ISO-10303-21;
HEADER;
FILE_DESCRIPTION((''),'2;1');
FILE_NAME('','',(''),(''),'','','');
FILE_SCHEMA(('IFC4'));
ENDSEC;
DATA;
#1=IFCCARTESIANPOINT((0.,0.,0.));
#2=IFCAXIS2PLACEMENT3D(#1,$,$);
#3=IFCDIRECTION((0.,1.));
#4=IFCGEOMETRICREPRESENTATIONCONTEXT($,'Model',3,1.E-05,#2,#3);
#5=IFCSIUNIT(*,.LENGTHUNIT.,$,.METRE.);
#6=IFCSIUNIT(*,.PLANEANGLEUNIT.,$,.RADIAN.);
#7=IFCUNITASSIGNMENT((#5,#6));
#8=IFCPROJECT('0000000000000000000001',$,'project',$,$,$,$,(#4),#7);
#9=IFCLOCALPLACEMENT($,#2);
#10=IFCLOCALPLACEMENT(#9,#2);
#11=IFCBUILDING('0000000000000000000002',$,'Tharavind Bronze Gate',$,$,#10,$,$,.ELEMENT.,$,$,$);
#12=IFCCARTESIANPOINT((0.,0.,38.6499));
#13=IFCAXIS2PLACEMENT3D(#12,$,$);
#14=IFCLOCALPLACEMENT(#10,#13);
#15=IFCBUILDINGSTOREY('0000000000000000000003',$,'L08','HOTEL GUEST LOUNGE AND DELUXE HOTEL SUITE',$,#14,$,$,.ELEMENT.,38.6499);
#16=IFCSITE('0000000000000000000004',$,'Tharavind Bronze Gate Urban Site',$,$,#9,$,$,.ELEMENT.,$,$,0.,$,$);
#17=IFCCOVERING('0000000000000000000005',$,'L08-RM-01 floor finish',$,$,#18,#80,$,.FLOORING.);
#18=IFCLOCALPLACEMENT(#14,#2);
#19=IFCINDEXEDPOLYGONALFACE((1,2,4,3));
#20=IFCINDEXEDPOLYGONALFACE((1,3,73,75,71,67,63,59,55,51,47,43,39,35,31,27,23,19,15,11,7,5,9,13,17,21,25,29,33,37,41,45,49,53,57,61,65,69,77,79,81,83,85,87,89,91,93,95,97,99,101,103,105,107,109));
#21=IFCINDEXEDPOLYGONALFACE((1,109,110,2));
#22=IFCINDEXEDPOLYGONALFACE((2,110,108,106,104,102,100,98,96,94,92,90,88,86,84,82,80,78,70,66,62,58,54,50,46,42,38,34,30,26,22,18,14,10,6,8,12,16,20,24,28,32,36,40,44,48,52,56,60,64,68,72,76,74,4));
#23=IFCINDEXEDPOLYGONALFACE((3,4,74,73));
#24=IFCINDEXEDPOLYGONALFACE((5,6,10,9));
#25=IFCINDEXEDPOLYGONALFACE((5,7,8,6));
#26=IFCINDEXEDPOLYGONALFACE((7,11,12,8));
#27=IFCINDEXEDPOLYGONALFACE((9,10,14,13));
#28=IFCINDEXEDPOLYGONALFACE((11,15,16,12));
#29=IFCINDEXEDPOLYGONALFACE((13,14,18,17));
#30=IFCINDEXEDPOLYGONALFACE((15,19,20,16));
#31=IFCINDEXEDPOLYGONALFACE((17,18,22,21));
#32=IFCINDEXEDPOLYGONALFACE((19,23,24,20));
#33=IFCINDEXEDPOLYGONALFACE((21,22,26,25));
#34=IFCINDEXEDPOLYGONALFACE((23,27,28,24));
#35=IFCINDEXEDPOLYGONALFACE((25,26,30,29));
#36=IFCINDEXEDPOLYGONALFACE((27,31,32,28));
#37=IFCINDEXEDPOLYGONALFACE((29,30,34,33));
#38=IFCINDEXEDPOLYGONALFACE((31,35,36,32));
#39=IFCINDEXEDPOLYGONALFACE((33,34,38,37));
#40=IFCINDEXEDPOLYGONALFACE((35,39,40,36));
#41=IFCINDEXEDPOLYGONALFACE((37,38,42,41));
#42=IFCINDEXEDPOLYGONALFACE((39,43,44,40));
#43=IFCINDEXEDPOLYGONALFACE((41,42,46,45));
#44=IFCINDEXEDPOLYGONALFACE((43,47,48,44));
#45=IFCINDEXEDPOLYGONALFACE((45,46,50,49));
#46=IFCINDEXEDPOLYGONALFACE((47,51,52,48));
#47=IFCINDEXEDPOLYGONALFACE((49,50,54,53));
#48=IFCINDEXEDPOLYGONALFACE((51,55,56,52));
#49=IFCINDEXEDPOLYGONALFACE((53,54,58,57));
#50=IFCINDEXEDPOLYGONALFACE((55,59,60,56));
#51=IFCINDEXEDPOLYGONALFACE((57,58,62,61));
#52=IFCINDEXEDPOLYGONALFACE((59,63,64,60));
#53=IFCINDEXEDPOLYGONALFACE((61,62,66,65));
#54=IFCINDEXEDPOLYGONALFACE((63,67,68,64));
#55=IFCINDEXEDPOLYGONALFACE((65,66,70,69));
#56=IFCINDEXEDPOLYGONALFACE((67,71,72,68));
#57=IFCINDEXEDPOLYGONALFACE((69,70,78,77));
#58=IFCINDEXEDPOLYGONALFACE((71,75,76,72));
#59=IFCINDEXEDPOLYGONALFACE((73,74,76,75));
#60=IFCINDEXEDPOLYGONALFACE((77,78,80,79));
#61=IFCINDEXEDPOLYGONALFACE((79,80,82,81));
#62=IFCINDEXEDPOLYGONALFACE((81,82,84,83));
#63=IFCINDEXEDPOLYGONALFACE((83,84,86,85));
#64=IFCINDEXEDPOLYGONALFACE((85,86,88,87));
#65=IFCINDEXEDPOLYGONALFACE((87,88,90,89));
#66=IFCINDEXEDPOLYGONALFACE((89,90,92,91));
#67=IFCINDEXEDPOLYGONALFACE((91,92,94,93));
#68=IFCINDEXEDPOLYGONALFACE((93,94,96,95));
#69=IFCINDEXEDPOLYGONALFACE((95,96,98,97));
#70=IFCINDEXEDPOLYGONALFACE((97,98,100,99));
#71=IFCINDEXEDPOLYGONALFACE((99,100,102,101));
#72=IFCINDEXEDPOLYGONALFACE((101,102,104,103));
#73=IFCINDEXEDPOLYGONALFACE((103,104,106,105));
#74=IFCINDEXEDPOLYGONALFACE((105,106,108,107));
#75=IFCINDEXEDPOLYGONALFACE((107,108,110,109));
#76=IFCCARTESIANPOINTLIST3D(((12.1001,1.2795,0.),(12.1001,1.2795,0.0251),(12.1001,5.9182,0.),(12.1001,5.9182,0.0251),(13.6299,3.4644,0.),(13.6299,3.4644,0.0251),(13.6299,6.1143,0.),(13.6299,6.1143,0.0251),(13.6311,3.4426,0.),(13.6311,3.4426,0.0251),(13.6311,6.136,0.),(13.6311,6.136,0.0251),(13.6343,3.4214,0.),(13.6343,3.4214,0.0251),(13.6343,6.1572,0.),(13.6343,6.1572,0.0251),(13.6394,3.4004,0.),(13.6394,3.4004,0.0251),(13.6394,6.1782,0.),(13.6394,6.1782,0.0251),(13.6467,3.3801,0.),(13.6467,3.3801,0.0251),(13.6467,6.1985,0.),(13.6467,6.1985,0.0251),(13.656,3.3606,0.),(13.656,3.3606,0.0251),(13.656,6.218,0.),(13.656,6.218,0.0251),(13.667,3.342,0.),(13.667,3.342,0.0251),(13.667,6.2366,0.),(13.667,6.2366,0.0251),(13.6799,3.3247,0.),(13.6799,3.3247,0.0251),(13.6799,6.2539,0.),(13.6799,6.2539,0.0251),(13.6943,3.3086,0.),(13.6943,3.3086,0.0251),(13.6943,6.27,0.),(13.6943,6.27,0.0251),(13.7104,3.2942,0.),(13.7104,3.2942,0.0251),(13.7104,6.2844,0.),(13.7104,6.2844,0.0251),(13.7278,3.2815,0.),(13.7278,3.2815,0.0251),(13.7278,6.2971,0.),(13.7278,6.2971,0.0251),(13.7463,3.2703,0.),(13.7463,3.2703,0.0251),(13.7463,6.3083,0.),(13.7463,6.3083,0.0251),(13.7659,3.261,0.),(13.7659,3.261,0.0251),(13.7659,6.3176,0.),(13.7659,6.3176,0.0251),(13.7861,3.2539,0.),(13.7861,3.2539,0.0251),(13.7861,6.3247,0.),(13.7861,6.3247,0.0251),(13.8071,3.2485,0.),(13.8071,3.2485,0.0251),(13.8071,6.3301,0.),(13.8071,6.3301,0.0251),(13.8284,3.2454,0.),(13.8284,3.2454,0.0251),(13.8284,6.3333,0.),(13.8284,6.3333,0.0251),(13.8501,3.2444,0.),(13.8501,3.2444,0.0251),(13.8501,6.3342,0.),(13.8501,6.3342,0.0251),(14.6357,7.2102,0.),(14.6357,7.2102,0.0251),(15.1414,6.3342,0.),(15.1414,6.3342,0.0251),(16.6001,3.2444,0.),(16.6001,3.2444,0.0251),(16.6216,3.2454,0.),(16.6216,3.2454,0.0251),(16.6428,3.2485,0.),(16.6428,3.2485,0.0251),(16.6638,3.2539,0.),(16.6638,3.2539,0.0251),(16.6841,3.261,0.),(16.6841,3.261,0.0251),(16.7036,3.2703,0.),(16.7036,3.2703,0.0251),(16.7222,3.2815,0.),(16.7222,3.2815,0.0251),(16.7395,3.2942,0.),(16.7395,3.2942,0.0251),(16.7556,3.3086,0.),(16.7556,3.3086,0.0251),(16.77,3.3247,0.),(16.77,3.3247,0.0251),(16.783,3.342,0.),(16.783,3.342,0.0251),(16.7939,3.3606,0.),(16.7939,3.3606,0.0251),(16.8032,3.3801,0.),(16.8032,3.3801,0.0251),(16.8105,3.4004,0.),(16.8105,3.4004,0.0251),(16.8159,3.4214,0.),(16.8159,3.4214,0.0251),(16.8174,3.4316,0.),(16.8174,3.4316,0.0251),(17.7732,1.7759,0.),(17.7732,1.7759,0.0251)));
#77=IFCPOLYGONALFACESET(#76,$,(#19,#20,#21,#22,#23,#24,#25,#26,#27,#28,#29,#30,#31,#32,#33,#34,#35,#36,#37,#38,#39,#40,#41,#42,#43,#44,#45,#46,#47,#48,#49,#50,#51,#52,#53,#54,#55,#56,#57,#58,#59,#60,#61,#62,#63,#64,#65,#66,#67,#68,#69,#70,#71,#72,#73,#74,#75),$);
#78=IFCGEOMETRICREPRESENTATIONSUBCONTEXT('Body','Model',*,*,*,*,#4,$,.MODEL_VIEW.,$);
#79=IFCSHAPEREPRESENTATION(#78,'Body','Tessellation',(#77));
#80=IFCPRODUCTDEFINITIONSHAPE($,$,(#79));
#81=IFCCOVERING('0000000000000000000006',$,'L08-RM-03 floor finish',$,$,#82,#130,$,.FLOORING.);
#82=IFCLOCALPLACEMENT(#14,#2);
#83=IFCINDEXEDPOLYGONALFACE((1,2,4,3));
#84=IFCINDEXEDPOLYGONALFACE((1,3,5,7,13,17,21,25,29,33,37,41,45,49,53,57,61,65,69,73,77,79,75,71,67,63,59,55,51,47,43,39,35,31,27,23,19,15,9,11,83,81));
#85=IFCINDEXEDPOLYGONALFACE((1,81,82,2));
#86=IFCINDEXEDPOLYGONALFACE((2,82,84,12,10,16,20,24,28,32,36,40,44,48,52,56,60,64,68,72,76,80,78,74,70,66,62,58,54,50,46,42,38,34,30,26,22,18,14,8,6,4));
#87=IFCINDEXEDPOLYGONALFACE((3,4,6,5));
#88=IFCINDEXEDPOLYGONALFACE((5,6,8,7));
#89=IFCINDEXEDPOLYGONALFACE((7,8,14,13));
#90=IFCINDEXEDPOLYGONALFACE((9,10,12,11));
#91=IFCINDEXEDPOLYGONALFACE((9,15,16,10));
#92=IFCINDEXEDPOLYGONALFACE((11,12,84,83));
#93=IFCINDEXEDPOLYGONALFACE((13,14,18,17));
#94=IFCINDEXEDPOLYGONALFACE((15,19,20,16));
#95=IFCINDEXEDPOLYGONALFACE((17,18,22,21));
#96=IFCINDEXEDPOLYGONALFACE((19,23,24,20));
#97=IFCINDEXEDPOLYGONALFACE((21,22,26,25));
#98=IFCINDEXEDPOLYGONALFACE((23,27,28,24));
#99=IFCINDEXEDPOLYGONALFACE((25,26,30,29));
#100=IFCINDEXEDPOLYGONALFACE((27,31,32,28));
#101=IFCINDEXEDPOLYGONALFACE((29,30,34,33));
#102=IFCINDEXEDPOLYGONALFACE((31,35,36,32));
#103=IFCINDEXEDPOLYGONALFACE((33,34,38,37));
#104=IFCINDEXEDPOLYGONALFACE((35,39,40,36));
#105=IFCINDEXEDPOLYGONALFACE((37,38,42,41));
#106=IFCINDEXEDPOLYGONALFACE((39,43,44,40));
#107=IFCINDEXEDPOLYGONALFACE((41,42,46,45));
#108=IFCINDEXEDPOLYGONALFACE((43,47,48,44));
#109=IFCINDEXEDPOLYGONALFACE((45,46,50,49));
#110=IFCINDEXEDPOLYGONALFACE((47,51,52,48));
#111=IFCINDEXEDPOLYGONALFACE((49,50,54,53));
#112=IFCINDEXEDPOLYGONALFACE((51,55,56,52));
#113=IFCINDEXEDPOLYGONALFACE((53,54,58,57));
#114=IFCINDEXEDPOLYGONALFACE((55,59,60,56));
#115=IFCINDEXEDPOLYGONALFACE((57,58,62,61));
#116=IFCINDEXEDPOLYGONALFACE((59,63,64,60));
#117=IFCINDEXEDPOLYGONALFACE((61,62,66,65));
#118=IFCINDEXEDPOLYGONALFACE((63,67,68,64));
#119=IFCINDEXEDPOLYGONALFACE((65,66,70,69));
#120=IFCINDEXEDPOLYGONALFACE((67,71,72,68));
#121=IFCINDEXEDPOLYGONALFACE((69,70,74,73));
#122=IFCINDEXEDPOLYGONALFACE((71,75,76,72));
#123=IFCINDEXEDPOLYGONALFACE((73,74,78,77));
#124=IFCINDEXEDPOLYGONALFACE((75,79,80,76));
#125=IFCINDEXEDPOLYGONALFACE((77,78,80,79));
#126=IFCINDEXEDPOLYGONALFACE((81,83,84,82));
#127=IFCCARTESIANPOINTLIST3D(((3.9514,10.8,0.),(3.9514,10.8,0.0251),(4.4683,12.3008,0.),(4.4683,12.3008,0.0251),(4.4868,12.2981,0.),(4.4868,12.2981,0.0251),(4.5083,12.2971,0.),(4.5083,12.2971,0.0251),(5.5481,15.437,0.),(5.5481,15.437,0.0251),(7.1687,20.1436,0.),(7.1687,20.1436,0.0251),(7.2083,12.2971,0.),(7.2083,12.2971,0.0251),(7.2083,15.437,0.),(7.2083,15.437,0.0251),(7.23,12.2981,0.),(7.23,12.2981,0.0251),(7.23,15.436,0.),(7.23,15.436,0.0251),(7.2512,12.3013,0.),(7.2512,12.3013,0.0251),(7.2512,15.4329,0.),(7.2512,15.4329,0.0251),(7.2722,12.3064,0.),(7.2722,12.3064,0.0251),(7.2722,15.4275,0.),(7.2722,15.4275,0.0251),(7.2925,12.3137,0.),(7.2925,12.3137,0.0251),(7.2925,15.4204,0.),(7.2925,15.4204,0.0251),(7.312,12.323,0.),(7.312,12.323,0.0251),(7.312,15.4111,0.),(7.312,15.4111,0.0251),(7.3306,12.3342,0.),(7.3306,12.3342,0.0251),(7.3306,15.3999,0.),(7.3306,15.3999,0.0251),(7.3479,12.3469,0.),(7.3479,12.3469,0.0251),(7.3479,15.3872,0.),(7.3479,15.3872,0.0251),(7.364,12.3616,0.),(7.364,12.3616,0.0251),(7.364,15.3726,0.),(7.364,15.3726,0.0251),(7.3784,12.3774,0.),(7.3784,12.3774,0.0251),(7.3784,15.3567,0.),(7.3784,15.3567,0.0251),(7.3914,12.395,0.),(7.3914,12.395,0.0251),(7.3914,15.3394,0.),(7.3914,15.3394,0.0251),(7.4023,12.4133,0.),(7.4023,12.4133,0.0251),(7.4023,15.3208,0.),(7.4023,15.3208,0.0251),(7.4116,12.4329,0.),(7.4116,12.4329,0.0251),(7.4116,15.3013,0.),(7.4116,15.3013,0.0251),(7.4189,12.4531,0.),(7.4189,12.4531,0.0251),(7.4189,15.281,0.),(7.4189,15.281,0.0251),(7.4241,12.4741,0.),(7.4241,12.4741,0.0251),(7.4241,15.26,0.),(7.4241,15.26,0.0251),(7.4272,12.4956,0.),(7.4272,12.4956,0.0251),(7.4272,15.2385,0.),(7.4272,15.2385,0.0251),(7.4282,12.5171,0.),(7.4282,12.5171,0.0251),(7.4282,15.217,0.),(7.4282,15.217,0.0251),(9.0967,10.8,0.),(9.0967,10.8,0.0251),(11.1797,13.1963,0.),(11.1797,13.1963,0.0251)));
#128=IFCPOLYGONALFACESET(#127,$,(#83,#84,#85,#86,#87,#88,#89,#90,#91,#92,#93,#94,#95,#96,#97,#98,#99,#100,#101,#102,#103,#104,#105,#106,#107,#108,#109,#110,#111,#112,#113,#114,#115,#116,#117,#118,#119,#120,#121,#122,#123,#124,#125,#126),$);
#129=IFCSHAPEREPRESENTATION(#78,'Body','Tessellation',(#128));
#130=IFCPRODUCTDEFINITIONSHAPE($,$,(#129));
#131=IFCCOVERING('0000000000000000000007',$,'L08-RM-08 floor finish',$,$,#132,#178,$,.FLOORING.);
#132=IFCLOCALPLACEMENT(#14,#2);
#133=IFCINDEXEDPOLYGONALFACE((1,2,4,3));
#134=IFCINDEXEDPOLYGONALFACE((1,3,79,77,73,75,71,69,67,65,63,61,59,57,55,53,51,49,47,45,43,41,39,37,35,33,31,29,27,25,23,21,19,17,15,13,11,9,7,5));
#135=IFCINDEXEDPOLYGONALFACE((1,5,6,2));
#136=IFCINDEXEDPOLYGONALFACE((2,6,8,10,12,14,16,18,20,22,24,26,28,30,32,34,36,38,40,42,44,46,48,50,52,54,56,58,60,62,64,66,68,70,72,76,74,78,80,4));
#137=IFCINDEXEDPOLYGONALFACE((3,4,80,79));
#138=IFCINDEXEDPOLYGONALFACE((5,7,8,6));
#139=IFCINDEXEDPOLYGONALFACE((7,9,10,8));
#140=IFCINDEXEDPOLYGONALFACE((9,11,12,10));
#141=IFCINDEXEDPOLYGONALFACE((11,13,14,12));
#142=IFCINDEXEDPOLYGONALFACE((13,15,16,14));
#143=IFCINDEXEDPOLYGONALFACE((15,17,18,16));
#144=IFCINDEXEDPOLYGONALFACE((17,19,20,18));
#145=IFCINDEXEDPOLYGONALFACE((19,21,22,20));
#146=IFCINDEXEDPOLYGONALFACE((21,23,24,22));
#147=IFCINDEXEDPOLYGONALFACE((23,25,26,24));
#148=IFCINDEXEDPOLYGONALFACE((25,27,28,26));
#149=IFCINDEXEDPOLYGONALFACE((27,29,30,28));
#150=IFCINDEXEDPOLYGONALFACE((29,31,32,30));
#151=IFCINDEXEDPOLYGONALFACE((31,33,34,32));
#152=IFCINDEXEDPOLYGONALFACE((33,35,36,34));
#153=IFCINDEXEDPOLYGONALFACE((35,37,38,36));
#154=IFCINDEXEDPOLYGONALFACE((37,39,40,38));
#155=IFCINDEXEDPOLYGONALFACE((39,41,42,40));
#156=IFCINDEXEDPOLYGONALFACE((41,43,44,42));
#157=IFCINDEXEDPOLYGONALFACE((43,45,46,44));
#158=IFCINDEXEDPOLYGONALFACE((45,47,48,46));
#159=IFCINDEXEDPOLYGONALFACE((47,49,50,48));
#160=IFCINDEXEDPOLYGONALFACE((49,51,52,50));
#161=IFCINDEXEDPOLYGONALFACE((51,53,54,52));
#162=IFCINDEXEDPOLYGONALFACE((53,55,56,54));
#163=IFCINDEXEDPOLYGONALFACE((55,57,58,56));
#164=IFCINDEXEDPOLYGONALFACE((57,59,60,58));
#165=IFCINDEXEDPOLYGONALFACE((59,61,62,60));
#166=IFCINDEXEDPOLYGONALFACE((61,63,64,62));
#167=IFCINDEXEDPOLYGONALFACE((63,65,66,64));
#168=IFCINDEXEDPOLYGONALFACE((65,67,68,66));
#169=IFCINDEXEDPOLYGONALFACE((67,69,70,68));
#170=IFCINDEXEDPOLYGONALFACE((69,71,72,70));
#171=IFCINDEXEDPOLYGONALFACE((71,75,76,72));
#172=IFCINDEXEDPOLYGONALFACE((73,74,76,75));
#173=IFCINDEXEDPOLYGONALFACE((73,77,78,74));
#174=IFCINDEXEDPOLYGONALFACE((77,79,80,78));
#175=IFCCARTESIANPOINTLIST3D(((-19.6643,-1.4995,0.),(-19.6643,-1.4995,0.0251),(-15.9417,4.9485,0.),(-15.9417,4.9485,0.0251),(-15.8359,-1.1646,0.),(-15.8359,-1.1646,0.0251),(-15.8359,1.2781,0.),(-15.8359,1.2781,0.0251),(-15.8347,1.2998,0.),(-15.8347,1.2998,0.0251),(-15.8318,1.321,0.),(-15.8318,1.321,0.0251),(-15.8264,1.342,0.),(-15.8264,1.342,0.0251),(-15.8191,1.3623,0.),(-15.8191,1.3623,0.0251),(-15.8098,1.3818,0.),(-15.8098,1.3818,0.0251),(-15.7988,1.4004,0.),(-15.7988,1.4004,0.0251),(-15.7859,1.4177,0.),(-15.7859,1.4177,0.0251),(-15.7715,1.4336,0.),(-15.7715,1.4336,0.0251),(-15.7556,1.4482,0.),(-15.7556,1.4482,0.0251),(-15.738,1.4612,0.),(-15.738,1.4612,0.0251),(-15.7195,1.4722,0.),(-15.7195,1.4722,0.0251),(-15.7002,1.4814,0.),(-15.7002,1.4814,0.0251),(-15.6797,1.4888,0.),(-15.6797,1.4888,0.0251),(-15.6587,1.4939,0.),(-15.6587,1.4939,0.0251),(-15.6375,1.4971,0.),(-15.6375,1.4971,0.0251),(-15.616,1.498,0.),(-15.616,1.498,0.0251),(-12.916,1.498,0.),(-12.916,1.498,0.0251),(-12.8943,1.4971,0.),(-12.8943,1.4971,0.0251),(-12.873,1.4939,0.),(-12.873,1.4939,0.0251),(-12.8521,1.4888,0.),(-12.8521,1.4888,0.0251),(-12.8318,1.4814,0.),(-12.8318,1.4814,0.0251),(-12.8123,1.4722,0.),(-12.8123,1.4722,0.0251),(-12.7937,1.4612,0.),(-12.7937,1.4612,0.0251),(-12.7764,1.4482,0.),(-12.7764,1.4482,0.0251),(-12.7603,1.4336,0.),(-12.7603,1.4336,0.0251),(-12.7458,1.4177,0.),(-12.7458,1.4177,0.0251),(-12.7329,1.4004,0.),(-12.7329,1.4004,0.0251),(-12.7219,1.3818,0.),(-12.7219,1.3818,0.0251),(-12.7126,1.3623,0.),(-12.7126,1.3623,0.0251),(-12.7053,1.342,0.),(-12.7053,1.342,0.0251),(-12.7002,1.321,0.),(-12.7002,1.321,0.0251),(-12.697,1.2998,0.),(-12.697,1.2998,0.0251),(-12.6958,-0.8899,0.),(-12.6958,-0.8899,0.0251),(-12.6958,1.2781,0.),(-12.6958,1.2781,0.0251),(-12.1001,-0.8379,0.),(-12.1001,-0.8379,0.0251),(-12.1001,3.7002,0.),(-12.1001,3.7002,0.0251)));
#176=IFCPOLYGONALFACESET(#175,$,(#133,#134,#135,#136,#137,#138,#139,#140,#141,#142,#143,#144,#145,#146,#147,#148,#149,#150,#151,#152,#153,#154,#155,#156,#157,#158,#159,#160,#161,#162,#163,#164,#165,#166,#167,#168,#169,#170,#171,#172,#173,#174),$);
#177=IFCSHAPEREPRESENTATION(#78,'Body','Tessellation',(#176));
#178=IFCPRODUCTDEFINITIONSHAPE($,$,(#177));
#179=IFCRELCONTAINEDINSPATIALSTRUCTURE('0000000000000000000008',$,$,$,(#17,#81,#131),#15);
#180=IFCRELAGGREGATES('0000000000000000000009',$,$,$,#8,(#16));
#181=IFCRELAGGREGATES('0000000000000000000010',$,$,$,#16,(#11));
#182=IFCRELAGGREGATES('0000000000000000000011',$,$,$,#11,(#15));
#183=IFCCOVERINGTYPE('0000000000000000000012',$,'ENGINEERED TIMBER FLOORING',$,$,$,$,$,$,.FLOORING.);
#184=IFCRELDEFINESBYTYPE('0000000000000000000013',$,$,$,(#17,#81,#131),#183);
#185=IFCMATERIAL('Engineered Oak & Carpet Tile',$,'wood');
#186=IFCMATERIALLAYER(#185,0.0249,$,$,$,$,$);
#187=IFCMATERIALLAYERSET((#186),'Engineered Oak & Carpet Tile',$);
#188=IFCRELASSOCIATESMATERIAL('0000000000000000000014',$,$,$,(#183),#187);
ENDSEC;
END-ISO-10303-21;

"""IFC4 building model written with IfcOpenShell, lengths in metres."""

from ifc_helpers import new_model, si_unit, direction, frame, origin, place, context, subcontext, project, spatial, polyline, outline, extrude, material, layer, layer_set, type_object, element, save


model = new_model("IFC4")

# Units and contexts
model_context = context("Model", 3, precision=1e-05, world=origin(), true_north=direction((0.0, 1.0)))
body_context = subcontext(model_context, "Body", "Model", "MODEL_VIEW")
ifc_project = project(units=[si_unit("LENGTHUNIT", "METRE"), si_unit("PLANEANGLEUNIT", "RADIAN")], contexts=[model_context])

# Site, building, storey
site_placement = place(None, origin())
site = spatial("IfcSite", under=ifc_project, at=site_placement, Name="Tharavind Bronze Gate Urban Site", CompositionType="ELEMENT", RefElevation=0.0)
building_placement = place(site_placement, origin())
building = spatial("IfcBuilding", under=site, at=building_placement, Name="Tharavind Bronze Gate", CompositionType="ELEMENT")
storey_placement = place(building_placement, frame((0.0, 0.0, 38.6499)))
storey = spatial("IfcBuildingStorey", under=building, at=storey_placement, Name="L08", Description="HOTEL GUEST LOUNGE AND DELUXE HOTEL SUITE", CompositionType="ELEMENT", Elevation=38.6499)

# Coverings
ifc_material_1 = material(Name="Engineered Oak & Carpet Tile", Category="wood")
ifc_layer_1 = layer(ifc_material_1, 0.0249)
ifc_layer_set_1 = layer_set([ifc_layer_1], Name="Engineered Oak & Carpet Tile")
covering_type_1 = type_object("IfcCoveringType", Name="ENGINEERED TIMBER FLOORING", PredefinedType="FLOORING", material=ifc_layer_set_1)
covering_1_placement = place(storey_placement, origin())
element("IfcCovering", 1, at=covering_1_placement, inside=storey, type_object=covering_type_1, Name="L08-RM-01 floor finish", PredefinedType="FLOORING", context=body_context, shape_type="SweptSolid", body=[
    extrude(outline(polyline([(17.7732, 1.7759), (16.8174, 3.4316), (16.8159, 3.4214), (16.8105, 3.4004), (16.8032, 3.3801), (16.7939, 3.3606), (16.783, 3.342), (16.77, 3.3247), (16.7556, 3.3086), (16.7395, 3.2942), (16.7222, 3.2815), (16.7036, 3.2703), (16.6841, 3.261), (16.6638, 3.2539), (16.6428, 3.2485), (16.6216, 3.2454), (16.6001, 3.2444), (13.8501, 3.2444), (13.8284, 3.2454), (13.8071, 3.2485), (13.7861, 3.2539), (13.7659, 3.261), (13.7463, 3.2703), (13.7278, 3.2815), (13.7104, 3.2942), (13.6943, 3.3086), (13.6799, 3.3247), (13.667, 3.342), (13.656, 3.3606), (13.6467, 3.3801), (13.6394, 3.4004), (13.6343, 3.4214), (13.6311, 3.4426), (13.6299, 3.4644), (13.6299, 6.1143), (13.6311, 6.136), (13.6343, 6.1572), (13.6394, 6.1782), (13.6467, 6.1985), (13.656, 6.218), (13.667, 6.2366), (13.6799, 6.2539), (13.6943, 6.27), (13.7104, 6.2844), (13.7278, 6.2971), (13.7463, 6.3083), (13.7659, 6.3176), (13.7861, 6.3247), (13.8071, 6.3301), (13.8284, 6.3333), (13.8501, 6.3342), (15.1414, 6.3342), (14.6357, 7.2102), (12.1001, 5.9182), (12.1001, 1.2795), (17.7732, 1.7759)])), origin(), (0.0, 0.0, 1.0), 0.0251),
])
covering_2_placement = place(storey_placement, origin())
element("IfcCovering", 2, at=covering_2_placement, inside=storey, type_object=covering_type_1, Name="L08-RM-03 floor finish", PredefinedType="FLOORING", context=body_context, shape_type="SweptSolid", body=[
    extrude(outline(polyline([(9.0967, 10.8), (11.1797, 13.1963), (7.1687, 20.1436), (5.5481, 15.437), (7.2083, 15.437), (7.23, 15.436), (7.2512, 15.4329), (7.2722, 15.4275), (7.2925, 15.4204), (7.312, 15.4111), (7.3306, 15.3999), (7.3479, 15.3872), (7.364, 15.3726), (7.3784, 15.3567), (7.3914, 15.3394), (7.4023, 15.3208), (7.4116, 15.3013), (7.4189, 15.281), (7.4241, 15.26), (7.4272, 15.2385), (7.4282, 15.217), (7.4282, 12.5171), (7.4272, 12.4956), (7.4241, 12.4741), (7.4189, 12.4531), (7.4116, 12.4329), (7.4023, 12.4133), (7.3914, 12.395), (7.3784, 12.3774), (7.364, 12.3616), (7.3479, 12.3469), (7.3306, 12.3342), (7.312, 12.323), (7.2925, 12.3137), (7.2722, 12.3064), (7.2512, 12.3013), (7.23, 12.2981), (7.2083, 12.2971), (4.5083, 12.2971), (4.4868, 12.2981), (4.4683, 12.3008), (3.9514, 10.8), (9.0967, 10.8)])), origin(), (0.0, 0.0, 1.0), 0.0251),
])
covering_3_placement = place(storey_placement, origin())
element("IfcCovering", 3, at=covering_3_placement, inside=storey, type_object=covering_type_1, Name="L08-RM-08 floor finish", PredefinedType="FLOORING", context=body_context, shape_type="SweptSolid", body=[
    extrude(outline(polyline([(-15.8359, -1.1646), (-15.8359, 1.2781), (-15.8347, 1.2998), (-15.8318, 1.321), (-15.8264, 1.342), (-15.8191, 1.3623), (-15.8098, 1.3818), (-15.7988, 1.4004), (-15.7859, 1.4177), (-15.7715, 1.4336), (-15.7556, 1.4482), (-15.738, 1.4612), (-15.7195, 1.4722), (-15.7002, 1.4814), (-15.6797, 1.4888), (-15.6587, 1.4939), (-15.6375, 1.4971), (-15.616, 1.498), (-12.916, 1.498), (-12.8943, 1.4971), (-12.873, 1.4939), (-12.8521, 1.4888), (-12.8318, 1.4814), (-12.8123, 1.4722), (-12.7937, 1.4612), (-12.7764, 1.4482), (-12.7603, 1.4336), (-12.7458, 1.4177), (-12.7329, 1.4004), (-12.7219, 1.3818), (-12.7126, 1.3623), (-12.7053, 1.342), (-12.7002, 1.321), (-12.697, 1.2998), (-12.6958, 1.2781), (-12.6958, -0.8899), (-12.1001, -0.8379), (-12.1001, 3.7002), (-15.9417, 4.9485), (-19.6643, -1.4995), (-15.8359, -1.1646)])), origin(), (0.0, 0.0, 1.0), 0.0251),
])

save(model, "model.ifc")
